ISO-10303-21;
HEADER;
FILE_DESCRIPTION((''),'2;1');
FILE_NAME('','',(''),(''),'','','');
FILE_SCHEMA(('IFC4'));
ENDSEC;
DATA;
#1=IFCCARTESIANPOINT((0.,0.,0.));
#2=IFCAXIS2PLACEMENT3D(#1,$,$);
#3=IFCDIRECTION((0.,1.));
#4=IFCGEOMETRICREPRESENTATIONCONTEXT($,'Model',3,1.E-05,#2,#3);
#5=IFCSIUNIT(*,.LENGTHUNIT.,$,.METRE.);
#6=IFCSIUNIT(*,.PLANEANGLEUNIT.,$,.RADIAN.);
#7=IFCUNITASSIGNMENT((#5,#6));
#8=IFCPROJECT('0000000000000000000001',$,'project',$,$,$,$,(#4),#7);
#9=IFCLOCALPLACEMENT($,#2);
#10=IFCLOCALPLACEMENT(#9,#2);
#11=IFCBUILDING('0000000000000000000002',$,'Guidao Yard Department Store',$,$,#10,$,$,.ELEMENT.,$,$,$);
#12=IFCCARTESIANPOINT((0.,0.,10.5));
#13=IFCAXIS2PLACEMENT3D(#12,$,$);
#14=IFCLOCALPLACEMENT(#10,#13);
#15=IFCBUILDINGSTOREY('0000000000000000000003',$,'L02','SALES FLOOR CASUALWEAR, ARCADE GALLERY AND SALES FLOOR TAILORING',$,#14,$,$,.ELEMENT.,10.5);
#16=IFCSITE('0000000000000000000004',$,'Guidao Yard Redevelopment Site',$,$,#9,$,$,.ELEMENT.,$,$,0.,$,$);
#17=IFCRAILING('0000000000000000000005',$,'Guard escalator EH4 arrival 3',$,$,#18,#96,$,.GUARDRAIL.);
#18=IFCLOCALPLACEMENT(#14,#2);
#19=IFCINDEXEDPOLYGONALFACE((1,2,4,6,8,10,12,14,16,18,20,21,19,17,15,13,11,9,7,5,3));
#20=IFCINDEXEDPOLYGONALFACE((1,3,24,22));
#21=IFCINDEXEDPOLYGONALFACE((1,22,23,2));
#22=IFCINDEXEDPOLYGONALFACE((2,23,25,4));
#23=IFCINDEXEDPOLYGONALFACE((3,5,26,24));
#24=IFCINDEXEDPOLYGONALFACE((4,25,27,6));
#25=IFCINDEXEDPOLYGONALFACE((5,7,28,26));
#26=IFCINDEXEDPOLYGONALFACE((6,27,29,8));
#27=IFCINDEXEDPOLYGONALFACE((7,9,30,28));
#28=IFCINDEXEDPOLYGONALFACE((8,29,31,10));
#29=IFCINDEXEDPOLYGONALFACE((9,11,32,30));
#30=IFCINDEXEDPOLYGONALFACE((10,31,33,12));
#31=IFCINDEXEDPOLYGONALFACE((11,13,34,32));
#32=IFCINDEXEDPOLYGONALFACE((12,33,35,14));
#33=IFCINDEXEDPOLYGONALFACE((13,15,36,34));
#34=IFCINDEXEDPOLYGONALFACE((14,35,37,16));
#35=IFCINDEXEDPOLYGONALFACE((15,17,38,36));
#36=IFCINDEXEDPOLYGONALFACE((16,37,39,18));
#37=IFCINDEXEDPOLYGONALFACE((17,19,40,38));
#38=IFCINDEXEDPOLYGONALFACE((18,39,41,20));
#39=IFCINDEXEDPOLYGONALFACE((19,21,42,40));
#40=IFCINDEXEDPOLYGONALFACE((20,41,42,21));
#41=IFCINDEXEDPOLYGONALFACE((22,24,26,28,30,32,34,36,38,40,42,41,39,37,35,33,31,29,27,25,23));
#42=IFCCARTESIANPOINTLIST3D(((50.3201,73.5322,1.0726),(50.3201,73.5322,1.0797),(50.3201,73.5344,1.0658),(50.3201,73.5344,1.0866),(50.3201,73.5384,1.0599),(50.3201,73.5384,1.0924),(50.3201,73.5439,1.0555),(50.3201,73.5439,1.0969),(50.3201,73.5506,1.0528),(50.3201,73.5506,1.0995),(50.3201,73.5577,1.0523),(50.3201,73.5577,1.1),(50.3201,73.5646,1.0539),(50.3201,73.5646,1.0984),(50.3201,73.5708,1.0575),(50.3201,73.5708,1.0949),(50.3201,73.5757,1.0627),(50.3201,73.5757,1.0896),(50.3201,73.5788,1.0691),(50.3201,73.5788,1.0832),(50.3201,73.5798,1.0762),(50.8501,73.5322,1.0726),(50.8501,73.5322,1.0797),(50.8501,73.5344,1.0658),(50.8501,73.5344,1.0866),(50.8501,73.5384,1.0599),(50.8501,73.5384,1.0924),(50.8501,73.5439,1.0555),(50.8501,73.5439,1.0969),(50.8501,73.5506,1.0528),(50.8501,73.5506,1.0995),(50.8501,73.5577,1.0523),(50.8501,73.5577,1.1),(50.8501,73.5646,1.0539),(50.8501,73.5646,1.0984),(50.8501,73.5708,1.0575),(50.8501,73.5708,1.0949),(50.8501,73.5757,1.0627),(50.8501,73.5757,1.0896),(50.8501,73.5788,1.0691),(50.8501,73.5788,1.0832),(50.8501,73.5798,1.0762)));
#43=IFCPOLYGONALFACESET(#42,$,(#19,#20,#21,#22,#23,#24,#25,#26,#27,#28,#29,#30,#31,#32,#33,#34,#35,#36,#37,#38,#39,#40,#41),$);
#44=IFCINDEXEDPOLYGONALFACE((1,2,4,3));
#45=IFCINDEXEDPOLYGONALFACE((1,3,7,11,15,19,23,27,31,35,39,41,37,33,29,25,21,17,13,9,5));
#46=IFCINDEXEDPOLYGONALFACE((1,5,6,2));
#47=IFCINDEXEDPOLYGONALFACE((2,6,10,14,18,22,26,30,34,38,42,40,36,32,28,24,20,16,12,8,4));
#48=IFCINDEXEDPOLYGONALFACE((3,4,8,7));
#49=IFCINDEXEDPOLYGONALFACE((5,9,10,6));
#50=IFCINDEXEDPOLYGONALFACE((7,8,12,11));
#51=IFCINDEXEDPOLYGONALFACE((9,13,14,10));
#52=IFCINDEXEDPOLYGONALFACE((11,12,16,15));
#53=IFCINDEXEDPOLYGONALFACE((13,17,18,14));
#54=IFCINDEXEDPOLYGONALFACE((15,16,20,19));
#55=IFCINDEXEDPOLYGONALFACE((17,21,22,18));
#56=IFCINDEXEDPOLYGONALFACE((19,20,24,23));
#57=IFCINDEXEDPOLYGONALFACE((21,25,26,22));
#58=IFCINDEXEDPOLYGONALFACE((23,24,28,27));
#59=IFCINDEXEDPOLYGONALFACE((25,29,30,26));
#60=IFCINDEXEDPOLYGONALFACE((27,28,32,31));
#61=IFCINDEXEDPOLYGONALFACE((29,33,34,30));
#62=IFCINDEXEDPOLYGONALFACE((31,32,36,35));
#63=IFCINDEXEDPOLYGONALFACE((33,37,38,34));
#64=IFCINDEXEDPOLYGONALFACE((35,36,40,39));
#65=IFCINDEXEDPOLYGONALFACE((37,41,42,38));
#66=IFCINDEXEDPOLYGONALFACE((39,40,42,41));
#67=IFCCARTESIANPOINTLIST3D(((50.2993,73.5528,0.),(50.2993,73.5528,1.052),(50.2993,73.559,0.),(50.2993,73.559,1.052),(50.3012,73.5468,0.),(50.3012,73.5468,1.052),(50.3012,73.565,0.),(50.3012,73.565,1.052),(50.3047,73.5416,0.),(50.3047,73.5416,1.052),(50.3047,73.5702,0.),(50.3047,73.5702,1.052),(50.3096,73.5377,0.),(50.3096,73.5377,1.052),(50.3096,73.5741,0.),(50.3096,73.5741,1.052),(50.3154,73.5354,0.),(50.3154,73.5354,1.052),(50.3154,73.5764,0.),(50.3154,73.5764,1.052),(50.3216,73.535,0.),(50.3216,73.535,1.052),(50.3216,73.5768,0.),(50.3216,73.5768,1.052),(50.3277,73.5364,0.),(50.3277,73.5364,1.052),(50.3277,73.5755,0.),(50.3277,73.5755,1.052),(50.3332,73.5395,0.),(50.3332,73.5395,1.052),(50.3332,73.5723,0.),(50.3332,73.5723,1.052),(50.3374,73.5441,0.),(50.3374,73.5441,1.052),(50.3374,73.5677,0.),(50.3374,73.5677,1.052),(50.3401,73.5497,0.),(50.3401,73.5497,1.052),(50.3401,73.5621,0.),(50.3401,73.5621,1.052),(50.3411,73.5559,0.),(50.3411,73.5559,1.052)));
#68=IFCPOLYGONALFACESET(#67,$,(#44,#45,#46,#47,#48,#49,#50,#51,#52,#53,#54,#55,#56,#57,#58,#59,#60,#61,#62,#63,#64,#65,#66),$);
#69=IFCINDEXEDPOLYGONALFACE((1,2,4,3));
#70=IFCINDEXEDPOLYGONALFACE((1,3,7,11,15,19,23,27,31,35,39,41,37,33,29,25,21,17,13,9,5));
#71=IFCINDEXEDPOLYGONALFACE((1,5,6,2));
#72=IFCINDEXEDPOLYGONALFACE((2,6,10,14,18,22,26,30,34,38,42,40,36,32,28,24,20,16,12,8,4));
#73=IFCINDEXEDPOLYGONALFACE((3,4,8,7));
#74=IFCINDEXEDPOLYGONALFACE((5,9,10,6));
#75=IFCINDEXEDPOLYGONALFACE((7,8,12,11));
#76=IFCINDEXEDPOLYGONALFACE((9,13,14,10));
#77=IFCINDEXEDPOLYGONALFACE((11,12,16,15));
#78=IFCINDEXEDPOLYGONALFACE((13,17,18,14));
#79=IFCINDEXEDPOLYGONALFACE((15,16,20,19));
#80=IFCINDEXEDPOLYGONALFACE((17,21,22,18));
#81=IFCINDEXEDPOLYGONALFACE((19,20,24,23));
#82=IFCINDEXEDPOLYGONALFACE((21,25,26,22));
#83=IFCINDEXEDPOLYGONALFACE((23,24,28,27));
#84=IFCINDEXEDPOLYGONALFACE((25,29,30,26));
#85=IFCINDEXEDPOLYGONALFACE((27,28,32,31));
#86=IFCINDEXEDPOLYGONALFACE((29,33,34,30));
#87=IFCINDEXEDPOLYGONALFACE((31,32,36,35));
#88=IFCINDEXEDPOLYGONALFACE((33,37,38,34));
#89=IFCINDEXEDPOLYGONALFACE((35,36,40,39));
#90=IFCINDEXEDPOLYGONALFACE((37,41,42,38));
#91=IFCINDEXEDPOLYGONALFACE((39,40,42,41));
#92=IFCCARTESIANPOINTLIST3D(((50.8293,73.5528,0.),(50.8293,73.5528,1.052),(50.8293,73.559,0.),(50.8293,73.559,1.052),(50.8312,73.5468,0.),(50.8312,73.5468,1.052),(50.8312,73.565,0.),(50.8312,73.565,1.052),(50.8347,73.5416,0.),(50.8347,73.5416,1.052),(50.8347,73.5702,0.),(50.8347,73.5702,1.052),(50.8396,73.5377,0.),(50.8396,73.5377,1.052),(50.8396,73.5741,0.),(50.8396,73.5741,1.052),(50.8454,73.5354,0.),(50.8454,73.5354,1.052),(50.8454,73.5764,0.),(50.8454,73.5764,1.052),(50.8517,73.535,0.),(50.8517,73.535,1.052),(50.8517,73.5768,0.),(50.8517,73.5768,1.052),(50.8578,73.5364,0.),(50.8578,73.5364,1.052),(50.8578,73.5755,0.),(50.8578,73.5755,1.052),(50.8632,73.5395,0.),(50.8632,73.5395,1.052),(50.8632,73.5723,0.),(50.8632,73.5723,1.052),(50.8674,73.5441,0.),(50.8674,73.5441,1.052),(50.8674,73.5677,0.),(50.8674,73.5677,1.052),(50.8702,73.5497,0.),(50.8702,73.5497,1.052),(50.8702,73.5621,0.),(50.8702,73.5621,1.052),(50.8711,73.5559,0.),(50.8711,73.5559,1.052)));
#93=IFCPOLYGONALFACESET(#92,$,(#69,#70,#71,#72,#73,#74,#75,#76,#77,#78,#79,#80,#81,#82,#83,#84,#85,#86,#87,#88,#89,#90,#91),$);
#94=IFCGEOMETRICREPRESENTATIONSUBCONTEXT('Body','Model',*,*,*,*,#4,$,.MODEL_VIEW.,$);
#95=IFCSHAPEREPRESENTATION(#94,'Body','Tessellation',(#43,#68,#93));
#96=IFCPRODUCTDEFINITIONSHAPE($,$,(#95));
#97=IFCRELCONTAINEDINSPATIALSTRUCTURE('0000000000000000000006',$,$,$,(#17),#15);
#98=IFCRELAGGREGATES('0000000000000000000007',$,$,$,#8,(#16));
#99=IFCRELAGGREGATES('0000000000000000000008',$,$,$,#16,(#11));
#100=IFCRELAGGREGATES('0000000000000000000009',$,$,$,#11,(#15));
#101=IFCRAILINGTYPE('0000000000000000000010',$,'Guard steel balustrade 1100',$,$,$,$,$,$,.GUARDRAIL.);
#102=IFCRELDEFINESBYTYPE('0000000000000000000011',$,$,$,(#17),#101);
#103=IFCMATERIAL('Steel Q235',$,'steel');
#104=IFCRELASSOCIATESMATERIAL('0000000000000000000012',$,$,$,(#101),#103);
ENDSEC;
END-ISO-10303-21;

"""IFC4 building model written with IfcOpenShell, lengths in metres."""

from ifc_helpers import new_model, si_unit, direction, frame, origin, origin_2d, place, context, subcontext, project, spatial, circle, extrude, material, type_object, element, save


model = new_model("IFC4")

# Units and contexts
model_context = context("Model", 3, precision=1e-05, world=origin(), true_north=direction((0.0, 1.0)))
body_context = subcontext(model_context, "Body", "Model", "MODEL_VIEW")
ifc_project = project(units=[si_unit("LENGTHUNIT", "METRE"), si_unit("PLANEANGLEUNIT", "RADIAN")], contexts=[model_context])

# Site, building, storey
site_placement = place(None, origin())
site = spatial("IfcSite", under=ifc_project, at=site_placement, Name="Guidao Yard Redevelopment Site", CompositionType="ELEMENT", RefElevation=0.0)
building_placement = place(site_placement, origin())
building = spatial("IfcBuilding", under=site, at=building_placement, Name="Guidao Yard Department Store", CompositionType="ELEMENT")
storey_placement = place(building_placement, frame((0.0, 0.0, 10.5)))
storey = spatial("IfcBuildingStorey", under=building, at=storey_placement, Name="L02", Description="SALES FLOOR CASUALWEAR, ARCADE GALLERY AND SALES FLOOR TAILORING", CompositionType="ELEMENT", Elevation=10.5)

# Railing
ifc_material_1 = material(Name="Steel Q235", Category="steel")
railing_type_1 = type_object("IfcRailingType", Name="Guard steel balustrade 1100", PredefinedType="GUARDRAIL", material=ifc_material_1)
railing_1_placement = place(storey_placement, frame((50.3201, 73.5559, 0.0)))
element("IfcRailing", 1, at=railing_1_placement, inside=storey, type_object=railing_type_1, Name="Guard escalator EH4 arrival 3", PredefinedType="GUARDRAIL", context=body_context, shape_type="SweptSolid", body=[
    extrude(circle(Radius=0.0239, at=origin_2d()), frame((0.0, 0.0, 1.0762), z_axis=(1.0, 0.0, 0.0), x_axis=(0.0, 1.0, 0.0)), (0.0, 0.0, 1.0), 0.53),
    extrude(circle(Radius=0.021, at=origin_2d()), origin(), (0.0, 0.0, 1.0), 1.052),
    extrude(circle(Radius=0.021, at=origin_2d()), frame((0.53, 0.0, 0.0)), (0.0, 0.0, 1.0), 1.052),
])

save(model, "model.ifc")
